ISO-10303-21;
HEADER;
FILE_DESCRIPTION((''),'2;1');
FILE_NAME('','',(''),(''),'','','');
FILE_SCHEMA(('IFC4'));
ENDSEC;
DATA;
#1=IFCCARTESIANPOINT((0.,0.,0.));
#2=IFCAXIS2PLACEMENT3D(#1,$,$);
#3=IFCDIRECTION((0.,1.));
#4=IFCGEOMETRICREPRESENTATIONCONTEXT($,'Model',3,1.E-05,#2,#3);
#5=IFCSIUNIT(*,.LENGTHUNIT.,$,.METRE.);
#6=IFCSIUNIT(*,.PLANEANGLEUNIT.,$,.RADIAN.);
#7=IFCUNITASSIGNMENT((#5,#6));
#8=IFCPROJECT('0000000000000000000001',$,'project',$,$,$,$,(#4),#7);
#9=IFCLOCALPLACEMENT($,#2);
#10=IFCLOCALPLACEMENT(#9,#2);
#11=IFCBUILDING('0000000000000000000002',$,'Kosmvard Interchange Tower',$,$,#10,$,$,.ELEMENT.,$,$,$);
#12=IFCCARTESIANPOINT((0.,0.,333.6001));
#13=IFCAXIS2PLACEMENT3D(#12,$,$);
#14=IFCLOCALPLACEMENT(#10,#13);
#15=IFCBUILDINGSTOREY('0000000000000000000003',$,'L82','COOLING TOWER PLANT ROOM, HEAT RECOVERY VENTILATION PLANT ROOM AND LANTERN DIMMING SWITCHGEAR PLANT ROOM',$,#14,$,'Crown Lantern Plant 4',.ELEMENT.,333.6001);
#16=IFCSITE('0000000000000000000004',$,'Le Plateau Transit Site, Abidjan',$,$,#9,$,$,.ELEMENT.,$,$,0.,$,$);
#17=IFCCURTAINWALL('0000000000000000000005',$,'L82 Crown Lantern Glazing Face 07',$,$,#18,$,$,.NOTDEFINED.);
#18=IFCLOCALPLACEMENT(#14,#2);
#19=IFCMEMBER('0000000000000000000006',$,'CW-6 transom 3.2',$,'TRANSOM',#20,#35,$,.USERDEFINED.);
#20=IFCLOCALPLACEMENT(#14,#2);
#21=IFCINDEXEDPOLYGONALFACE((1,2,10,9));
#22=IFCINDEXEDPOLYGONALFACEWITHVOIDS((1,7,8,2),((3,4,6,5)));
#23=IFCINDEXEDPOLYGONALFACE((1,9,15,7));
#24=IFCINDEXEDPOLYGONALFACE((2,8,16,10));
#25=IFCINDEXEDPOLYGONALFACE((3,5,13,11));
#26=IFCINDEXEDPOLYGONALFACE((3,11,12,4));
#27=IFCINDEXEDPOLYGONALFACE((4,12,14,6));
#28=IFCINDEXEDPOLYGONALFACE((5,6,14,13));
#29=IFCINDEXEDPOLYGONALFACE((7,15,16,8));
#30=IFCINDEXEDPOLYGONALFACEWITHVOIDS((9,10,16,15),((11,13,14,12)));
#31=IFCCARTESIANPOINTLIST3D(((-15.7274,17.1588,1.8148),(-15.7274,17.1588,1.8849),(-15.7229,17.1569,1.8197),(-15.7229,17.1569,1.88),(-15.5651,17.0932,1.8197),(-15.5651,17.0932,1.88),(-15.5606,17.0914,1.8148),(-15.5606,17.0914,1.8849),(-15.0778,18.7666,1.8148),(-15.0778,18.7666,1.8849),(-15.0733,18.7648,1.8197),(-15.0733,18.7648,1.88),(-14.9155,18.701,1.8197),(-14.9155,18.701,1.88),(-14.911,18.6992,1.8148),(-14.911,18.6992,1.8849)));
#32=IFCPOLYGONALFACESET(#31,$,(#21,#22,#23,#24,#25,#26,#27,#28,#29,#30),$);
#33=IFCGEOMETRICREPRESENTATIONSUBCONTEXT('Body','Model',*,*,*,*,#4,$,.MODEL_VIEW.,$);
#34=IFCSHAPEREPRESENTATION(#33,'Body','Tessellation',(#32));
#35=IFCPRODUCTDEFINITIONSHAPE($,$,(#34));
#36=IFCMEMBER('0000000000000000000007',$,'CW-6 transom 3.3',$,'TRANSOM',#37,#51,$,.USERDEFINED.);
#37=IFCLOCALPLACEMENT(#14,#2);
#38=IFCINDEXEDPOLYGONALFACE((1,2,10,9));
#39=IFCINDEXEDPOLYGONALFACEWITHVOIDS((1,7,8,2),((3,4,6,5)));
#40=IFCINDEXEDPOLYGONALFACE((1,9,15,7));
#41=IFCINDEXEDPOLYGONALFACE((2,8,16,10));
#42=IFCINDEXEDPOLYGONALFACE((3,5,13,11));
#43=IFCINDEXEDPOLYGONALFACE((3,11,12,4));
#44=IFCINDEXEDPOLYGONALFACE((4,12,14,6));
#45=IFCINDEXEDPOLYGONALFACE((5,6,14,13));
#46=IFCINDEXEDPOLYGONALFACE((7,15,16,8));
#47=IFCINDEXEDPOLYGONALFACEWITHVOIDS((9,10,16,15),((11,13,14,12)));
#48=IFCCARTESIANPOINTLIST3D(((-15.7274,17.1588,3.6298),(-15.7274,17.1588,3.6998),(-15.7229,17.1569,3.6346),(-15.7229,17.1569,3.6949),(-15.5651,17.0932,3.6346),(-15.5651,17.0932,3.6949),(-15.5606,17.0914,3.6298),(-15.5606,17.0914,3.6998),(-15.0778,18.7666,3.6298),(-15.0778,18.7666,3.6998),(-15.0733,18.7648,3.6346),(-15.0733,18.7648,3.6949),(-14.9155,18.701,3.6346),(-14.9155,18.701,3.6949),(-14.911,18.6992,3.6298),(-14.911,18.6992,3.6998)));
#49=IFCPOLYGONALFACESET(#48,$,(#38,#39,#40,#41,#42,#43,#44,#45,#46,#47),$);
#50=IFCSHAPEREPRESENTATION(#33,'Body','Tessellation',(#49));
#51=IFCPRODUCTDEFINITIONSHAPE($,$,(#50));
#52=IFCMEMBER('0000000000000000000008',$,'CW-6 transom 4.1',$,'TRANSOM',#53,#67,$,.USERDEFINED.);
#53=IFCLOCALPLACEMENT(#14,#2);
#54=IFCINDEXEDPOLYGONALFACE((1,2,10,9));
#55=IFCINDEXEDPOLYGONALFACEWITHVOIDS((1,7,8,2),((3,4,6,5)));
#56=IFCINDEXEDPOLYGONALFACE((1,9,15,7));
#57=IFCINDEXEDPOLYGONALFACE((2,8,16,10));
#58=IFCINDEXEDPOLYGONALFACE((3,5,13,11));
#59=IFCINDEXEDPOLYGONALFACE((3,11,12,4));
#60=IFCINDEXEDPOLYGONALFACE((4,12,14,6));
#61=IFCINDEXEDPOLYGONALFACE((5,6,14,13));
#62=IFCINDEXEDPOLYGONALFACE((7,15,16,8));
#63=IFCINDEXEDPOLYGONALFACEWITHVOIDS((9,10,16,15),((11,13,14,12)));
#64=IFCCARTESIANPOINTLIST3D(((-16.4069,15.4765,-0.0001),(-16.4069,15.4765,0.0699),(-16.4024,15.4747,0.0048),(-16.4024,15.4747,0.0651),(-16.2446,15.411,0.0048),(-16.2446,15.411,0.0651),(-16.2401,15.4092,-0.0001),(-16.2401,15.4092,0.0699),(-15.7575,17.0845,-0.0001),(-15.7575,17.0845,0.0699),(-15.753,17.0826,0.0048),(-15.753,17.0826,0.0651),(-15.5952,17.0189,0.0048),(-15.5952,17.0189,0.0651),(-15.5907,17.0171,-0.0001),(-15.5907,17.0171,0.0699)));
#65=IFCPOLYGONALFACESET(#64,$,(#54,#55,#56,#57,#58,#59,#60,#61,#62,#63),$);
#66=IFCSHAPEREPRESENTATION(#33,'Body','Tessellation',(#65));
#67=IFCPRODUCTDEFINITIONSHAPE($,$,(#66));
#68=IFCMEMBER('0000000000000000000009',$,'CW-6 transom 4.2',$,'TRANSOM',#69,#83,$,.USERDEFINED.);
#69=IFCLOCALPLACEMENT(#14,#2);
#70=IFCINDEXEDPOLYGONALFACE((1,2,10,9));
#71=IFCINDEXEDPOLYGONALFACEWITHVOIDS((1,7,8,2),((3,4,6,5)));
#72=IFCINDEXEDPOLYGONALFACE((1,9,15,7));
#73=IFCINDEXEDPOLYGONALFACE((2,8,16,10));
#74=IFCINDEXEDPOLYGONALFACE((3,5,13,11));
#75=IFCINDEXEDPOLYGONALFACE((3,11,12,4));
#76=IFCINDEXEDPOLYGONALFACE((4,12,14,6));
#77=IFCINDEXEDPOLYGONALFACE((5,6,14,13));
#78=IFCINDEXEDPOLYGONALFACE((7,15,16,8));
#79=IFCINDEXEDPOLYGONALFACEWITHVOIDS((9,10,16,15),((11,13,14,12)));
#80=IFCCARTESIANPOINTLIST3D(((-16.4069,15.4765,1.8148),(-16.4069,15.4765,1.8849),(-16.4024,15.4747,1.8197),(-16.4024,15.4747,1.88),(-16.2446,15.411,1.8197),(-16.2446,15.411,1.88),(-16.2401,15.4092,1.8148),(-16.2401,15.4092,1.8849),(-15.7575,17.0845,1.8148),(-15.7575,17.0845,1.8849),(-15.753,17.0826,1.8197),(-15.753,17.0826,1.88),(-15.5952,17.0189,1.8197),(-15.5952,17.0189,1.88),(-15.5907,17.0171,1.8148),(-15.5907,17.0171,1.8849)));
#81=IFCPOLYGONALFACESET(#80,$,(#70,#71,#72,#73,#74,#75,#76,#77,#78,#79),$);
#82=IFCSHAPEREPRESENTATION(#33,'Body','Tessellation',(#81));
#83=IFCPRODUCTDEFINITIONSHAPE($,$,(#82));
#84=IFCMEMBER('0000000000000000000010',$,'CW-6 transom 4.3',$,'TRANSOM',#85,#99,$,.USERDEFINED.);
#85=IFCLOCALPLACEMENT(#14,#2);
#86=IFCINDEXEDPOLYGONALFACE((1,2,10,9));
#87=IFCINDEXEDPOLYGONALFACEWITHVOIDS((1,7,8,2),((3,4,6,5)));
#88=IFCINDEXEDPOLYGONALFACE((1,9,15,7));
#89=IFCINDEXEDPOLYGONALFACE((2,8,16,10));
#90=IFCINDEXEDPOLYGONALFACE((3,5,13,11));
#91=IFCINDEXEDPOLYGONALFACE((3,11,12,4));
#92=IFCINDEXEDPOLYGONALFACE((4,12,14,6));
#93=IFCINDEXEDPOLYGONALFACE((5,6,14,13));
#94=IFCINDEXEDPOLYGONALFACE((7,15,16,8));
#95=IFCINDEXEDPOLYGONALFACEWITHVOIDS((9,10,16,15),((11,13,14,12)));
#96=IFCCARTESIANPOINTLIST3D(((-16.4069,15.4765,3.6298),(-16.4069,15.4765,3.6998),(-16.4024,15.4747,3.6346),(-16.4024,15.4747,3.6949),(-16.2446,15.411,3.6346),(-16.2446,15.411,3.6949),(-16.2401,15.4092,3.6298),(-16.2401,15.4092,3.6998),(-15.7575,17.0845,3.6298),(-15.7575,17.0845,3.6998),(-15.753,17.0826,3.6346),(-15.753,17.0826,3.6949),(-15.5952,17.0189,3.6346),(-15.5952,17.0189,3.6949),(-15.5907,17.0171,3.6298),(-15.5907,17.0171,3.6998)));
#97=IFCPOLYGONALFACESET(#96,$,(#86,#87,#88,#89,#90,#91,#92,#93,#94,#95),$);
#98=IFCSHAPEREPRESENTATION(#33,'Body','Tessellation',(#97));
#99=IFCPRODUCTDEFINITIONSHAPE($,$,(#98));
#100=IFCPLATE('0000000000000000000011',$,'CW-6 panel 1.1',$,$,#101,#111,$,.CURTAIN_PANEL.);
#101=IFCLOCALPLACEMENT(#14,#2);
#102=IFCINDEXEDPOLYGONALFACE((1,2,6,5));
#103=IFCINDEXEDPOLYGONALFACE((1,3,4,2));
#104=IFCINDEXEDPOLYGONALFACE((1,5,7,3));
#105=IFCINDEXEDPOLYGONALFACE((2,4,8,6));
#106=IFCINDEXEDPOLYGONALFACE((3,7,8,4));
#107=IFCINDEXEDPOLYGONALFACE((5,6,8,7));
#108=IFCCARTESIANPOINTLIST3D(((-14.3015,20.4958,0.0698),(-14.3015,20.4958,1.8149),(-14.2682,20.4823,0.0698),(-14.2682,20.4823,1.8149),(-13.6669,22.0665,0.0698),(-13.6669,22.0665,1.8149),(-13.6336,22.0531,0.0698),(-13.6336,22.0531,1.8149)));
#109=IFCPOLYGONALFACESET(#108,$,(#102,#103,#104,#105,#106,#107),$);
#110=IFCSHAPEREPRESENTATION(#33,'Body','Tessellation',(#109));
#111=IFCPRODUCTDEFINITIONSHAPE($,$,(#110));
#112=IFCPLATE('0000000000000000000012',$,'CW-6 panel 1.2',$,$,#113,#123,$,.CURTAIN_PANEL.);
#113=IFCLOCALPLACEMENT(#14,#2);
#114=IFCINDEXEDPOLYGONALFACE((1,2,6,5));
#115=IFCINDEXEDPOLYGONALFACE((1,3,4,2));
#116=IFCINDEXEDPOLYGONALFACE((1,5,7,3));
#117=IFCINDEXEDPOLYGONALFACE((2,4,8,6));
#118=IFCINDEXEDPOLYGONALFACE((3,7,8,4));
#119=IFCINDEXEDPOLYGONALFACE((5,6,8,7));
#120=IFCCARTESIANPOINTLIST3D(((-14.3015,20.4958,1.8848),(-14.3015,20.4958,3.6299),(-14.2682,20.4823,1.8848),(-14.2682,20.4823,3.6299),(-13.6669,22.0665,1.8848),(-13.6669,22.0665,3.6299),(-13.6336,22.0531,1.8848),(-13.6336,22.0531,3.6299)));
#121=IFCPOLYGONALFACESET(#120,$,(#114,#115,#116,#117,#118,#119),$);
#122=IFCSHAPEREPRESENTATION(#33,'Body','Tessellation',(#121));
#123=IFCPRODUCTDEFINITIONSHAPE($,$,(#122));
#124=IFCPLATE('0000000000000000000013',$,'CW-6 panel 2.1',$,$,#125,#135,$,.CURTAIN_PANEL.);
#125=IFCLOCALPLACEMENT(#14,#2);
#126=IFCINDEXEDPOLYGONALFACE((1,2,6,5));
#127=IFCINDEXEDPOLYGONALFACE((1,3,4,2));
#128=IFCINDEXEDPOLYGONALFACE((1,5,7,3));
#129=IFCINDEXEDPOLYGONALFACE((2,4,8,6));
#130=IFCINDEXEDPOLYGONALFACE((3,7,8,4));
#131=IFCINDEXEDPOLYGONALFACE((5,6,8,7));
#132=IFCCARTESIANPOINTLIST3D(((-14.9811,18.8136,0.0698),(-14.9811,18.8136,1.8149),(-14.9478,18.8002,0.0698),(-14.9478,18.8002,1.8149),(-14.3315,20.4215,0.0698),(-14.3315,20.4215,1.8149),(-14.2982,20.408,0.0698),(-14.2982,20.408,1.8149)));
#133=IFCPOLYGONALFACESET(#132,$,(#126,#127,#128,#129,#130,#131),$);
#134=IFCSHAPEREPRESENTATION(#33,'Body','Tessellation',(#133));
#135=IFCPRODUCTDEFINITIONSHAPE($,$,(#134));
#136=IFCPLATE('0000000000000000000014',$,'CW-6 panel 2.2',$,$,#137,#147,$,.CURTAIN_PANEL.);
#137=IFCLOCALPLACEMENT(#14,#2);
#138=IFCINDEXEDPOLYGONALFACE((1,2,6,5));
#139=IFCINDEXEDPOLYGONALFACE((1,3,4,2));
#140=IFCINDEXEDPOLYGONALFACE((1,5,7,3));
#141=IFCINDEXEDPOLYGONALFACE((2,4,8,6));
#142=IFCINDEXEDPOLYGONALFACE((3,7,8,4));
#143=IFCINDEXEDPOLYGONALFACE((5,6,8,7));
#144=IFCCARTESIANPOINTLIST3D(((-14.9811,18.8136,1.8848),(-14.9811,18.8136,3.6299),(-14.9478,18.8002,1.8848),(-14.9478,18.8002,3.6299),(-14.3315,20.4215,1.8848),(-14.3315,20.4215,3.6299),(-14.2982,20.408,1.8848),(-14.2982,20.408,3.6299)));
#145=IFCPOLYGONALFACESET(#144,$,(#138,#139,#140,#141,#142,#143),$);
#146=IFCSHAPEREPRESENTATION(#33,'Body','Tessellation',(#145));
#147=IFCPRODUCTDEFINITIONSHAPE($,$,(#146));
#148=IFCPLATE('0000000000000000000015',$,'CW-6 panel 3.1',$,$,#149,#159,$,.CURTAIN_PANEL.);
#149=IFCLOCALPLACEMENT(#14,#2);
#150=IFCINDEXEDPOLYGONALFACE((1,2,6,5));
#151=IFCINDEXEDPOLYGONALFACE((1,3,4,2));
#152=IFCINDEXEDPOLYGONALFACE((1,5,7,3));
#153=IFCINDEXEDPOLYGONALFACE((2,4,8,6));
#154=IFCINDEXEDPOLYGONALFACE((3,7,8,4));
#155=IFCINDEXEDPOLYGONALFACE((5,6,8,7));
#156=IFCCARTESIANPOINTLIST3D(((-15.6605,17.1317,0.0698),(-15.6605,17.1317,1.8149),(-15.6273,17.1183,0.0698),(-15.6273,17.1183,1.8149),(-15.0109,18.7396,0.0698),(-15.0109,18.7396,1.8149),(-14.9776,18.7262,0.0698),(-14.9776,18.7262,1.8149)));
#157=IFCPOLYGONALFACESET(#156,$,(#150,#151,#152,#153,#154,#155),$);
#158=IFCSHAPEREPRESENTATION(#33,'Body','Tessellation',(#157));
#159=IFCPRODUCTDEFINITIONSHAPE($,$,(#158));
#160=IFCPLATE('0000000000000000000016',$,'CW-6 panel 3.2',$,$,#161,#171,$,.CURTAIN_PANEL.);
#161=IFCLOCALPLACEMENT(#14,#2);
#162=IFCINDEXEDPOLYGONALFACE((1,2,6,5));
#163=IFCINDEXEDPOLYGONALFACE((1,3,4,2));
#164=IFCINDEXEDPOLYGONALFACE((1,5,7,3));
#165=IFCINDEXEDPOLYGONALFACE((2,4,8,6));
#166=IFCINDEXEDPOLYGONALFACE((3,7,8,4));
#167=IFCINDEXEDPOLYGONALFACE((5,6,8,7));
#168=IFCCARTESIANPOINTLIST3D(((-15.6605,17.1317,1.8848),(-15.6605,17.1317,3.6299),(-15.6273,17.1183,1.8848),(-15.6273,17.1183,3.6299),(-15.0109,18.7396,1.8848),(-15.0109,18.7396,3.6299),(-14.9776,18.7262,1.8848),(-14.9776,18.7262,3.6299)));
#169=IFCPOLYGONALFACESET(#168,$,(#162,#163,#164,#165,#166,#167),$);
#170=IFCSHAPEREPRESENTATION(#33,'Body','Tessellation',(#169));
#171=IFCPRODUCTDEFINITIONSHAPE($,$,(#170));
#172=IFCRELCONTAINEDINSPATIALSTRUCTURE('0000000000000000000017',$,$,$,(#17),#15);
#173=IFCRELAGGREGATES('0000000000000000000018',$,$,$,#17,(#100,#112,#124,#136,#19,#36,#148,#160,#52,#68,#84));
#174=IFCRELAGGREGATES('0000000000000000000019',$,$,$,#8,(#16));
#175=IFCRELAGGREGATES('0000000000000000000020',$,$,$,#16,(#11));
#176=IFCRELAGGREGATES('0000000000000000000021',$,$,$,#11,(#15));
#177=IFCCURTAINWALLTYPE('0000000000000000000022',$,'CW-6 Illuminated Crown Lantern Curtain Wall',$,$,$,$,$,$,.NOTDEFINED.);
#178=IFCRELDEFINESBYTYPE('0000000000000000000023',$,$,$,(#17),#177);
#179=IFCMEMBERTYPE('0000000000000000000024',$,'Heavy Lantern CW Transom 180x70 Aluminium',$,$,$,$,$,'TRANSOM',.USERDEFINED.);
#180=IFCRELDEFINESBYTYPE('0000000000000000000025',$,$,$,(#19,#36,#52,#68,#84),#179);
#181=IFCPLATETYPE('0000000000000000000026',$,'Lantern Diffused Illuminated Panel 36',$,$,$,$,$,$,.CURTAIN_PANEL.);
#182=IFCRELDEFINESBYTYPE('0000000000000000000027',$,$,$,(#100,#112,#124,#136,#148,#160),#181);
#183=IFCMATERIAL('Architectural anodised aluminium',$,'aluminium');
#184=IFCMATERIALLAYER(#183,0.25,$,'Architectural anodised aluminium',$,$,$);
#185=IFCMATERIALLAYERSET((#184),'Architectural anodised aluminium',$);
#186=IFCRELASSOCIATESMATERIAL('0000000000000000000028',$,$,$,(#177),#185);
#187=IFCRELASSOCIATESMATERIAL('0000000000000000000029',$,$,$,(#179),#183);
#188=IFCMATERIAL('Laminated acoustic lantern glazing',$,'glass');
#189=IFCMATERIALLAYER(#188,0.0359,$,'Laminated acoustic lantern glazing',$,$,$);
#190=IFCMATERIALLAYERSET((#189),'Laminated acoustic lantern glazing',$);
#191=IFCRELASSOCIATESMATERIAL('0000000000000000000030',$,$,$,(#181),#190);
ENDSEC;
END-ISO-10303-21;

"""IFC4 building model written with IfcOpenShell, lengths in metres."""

from ifc_helpers import new_model, si_unit, direction, frame, origin, origin_2d, place, context, subcontext, project, spatial, rectangle, hollow_rectangle, extrude, source, transform, mapped, material, layer, layer_set, material_profile, profile_set, type_object, element, aggregate, save


model = new_model("IFC4")

# Units and contexts
model_context = context("Model", 3, precision=1e-05, world=origin(), true_north=direction((0.0, 1.0)))
body_context = subcontext(model_context, "Body", "Model", "MODEL_VIEW")
ifc_project = project(units=[si_unit("LENGTHUNIT", "METRE"), si_unit("PLANEANGLEUNIT", "RADIAN")], contexts=[model_context])

# Site, building, storey
site_placement = place(None, origin())
site = spatial("IfcSite", under=ifc_project, at=site_placement, Name="Le Plateau Transit Site, Abidjan", CompositionType="ELEMENT", RefElevation=0.0)
building_placement = place(site_placement, origin())
building = spatial("IfcBuilding", under=site, at=building_placement, Name="Kosmvard Interchange Tower", CompositionType="ELEMENT")
storey_placement = place(building_placement, frame((0.0, 0.0, 333.6001)))
storey = spatial("IfcBuildingStorey", under=building, at=storey_placement, Name="L82", Description="COOLING TOWER PLANT ROOM, HEAT RECOVERY VENTILATION PLANT ROOM AND LANTERN DIMMING SWITCHGEAR PLANT ROOM", LongName="Crown Lantern Plant 4", CompositionType="ELEMENT", Elevation=333.6001)

# Curtain wall, members, plates
ifc_material_1 = material(Name="Architectural anodised aluminium", Category="aluminium")
ifc_layer_1 = layer(ifc_material_1, 0.25, Name="Architectural anodised aluminium")
ifc_layer_set_1 = layer_set([ifc_layer_1], Name="Architectural anodised aluminium")
curtain_wall_type = type_object("IfcCurtainWallType", Name="CW-6 Illuminated Crown Lantern Curtain Wall", PredefinedType="NOTDEFINED", material=ifc_layer_set_1)
curtain_wall_placement = place(storey_placement, origin())
curtain_wall = element("IfcCurtainWall", 1, at=curtain_wall_placement, inside=storey, type_object=curtain_wall_type, Name="L82 Crown Lantern Glazing Face 07", PredefinedType="NOTDEFINED")
ifc_material_profile_1 = material_profile(ifc_material_1, hollow_rectangle(XDim=0.1799, YDim=0.0701, WallThickness=0.0049, at=origin_2d()), Name="CWT 180x70x5")
ifc_profile_set_1 = profile_set([ifc_material_profile_1], Name="Architectural anodised aluminium")
member_type_1 = type_object("IfcMemberType", Name="Heavy Lantern CW Transom 180x70 Aluminium", ElementType="TRANSOM", PredefinedType="USERDEFINED", material=ifc_profile_set_1)
shared_shape_1 = source(origin(), body_context, "Body", "SweptSolid", [
    extrude(hollow_rectangle(XDim=0.1799, YDim=0.0701, WallThickness=0.0049, at=origin_2d()), origin(), (0.0, 0.0, 1.0), 1.7341),
])
member_1_placement = place(storey_placement, frame((-14.9944, 18.7329, 1.8499), z_axis=(-0.374617, -0.92718, 0.0), x_axis=(0.92718, -0.374617, 0.0)))
member_1 = element("IfcMember", 2, at=member_1_placement, type_object=member_type_1, Name="CW-6 transom 3.2", ObjectType="TRANSOM", PredefinedType="USERDEFINED", context=body_context, shape_type="MappedRepresentation", body=[
    mapped(shared_shape_1, transform((0.0, 0.0, 0.0), scale=1.0)),
])
member_2_placement = place(storey_placement, frame((-14.9944, 18.7329, 3.6648), z_axis=(-0.374617, -0.92718, 0.0), x_axis=(0.92718, -0.374617, 0.0)))
member_2 = element("IfcMember", 3, at=member_2_placement, type_object=member_type_1, Name="CW-6 transom 3.3", ObjectType="TRANSOM", PredefinedType="USERDEFINED", context=body_context, shape_type="MappedRepresentation", body=[
    mapped(shared_shape_1, transform((0.0, 0.0, 0.0), scale=1.0)),
])
member_3_placement = place(storey_placement, frame((-15.6741, 17.0508, 0.0349), z_axis=(-0.374496, -0.927229, 0.0), x_axis=(0.927229, -0.374496, 0.0)))
member_3 = element("IfcMember", 4, at=member_3_placement, type_object=member_type_1, Name="CW-6 transom 4.1", ObjectType="TRANSOM", PredefinedType="USERDEFINED", context=body_context, shape_type="MappedRepresentation", body=[
    mapped(shared_shape_1, transform((0.0, 0.0, 0.0), scale=1.0)),
])
member_4_placement = place(storey_placement, frame((-15.6741, 17.0508, 1.8499), z_axis=(-0.374496, -0.927229, 0.0), x_axis=(0.927229, -0.374496, 0.0)))
member_4 = element("IfcMember", 5, at=member_4_placement, type_object=member_type_1, Name="CW-6 transom 4.2", ObjectType="TRANSOM", PredefinedType="USERDEFINED", context=body_context, shape_type="MappedRepresentation", body=[
    mapped(shared_shape_1, transform((0.0, 0.0, 0.0), scale=1.0)),
])
member_5_placement = place(storey_placement, frame((-15.6741, 17.0508, 3.6648), z_axis=(-0.374496, -0.927229, 0.0), x_axis=(0.927229, -0.374496, 0.0)))
member_5 = element("IfcMember", 6, at=member_5_placement, type_object=member_type_1, Name="CW-6 transom 4.3", ObjectType="TRANSOM", PredefinedType="USERDEFINED", context=body_context, shape_type="MappedRepresentation", body=[
    mapped(shared_shape_1, transform((0.0, 0.0, 0.0), scale=1.0)),
])
ifc_material_2 = material(Name="Laminated acoustic lantern glazing", Category="glass")
ifc_layer_2 = layer(ifc_material_2, 0.0359, Name="Laminated acoustic lantern glazing")
ifc_layer_set_2 = layer_set([ifc_layer_2], Name="Laminated acoustic lantern glazing")
plate_type = type_object("IfcPlateType", Name="Lantern Diffused Illuminated Panel 36", PredefinedType="CURTAIN_PANEL", material=ifc_layer_set_2)
shared_shape_2 = source(origin(), body_context, "Body", "SweptSolid", [
    extrude(rectangle(XDim=1.6941, YDim=0.0359, at=origin_2d()), origin(), (0.0, 0.0, 1.0), 1.7451),
])
plate_1_placement = place(storey_placement, frame((-13.9675, 21.2744, 0.0698), z_axis=(0.0, 0.0, 1.0), x_axis=(-0.374607, -0.927184, 0.0)))
plate_1 = element("IfcPlate", 7, at=plate_1_placement, type_object=plate_type, Name="CW-6 panel 1.1", PredefinedType="CURTAIN_PANEL", context=body_context, shape_type="MappedRepresentation", body=[
    mapped(shared_shape_2, transform((0.0, 0.0, 0.0), scale=1.0)),
])
plate_2_placement = place(storey_placement, frame((-13.9675, 21.2744, 1.8848), z_axis=(0.0, 0.0, 1.0), x_axis=(-0.374607, -0.927184, 0.0)))
plate_2 = element("IfcPlate", 8, at=plate_2_placement, type_object=plate_type, Name="CW-6 panel 1.2", PredefinedType="CURTAIN_PANEL", context=body_context, shape_type="MappedRepresentation", body=[
    mapped(shared_shape_2, transform((0.0, 0.0, 0.0), scale=1.0)),
])
shared_shape_3 = source(origin(), body_context, "Body", "SweptSolid", [
    extrude(rectangle(XDim=1.7341, YDim=0.0359, at=origin_2d()), origin(), (0.0, 0.0, 1.0), 1.7451),
])
plate_3_placement = place(storey_placement, frame((-14.6396, 19.6108, 0.0698), z_axis=(0.0, 0.0, 1.0), x_axis=(-0.374607, -0.927184, 0.0)))
plate_3 = element("IfcPlate", 9, at=plate_3_placement, type_object=plate_type, Name="CW-6 panel 2.1", PredefinedType="CURTAIN_PANEL", context=body_context, shape_type="MappedRepresentation", body=[
    mapped(shared_shape_3, transform((0.0, 0.0, 0.0), scale=1.0)),
])
plate_4_placement = place(storey_placement, frame((-14.6396, 19.6108, 1.8848), z_axis=(0.0, 0.0, 1.0), x_axis=(-0.374607, -0.927184, 0.0)))
plate_4 = element("IfcPlate", 10, at=plate_4_placement, type_object=plate_type, Name="CW-6 panel 2.2", PredefinedType="CURTAIN_PANEL", context=body_context, shape_type="MappedRepresentation", body=[
    mapped(shared_shape_3, transform((0.0, 0.0, 0.0), scale=1.0)),
])
plate_5_placement = place(storey_placement, frame((-15.3191, 17.929, 0.0698), z_axis=(0.0, 0.0, 1.0), x_axis=(-0.374607, -0.927184, 0.0)))
plate_5 = element("IfcPlate", 11, at=plate_5_placement, type_object=plate_type, Name="CW-6 panel 3.1", PredefinedType="CURTAIN_PANEL", context=body_context, shape_type="MappedRepresentation", body=[
    mapped(shared_shape_3, transform((0.0, 0.0, 0.0), scale=1.0)),
])
plate_6_placement = place(storey_placement, frame((-15.3191, 17.929, 1.8848), z_axis=(0.0, 0.0, 1.0), x_axis=(-0.374607, -0.927184, 0.0)))
plate_6 = element("IfcPlate", 12, at=plate_6_placement, type_object=plate_type, Name="CW-6 panel 3.2", PredefinedType="CURTAIN_PANEL", context=body_context, shape_type="MappedRepresentation", body=[
    mapped(shared_shape_3, transform((0.0, 0.0, 0.0), scale=1.0)),
])
aggregate(curtain_wall, [plate_1, plate_2, plate_3, plate_4, member_1, member_2, plate_5, plate_6, member_3, member_4, member_5])

save(model, "model.ifc")
